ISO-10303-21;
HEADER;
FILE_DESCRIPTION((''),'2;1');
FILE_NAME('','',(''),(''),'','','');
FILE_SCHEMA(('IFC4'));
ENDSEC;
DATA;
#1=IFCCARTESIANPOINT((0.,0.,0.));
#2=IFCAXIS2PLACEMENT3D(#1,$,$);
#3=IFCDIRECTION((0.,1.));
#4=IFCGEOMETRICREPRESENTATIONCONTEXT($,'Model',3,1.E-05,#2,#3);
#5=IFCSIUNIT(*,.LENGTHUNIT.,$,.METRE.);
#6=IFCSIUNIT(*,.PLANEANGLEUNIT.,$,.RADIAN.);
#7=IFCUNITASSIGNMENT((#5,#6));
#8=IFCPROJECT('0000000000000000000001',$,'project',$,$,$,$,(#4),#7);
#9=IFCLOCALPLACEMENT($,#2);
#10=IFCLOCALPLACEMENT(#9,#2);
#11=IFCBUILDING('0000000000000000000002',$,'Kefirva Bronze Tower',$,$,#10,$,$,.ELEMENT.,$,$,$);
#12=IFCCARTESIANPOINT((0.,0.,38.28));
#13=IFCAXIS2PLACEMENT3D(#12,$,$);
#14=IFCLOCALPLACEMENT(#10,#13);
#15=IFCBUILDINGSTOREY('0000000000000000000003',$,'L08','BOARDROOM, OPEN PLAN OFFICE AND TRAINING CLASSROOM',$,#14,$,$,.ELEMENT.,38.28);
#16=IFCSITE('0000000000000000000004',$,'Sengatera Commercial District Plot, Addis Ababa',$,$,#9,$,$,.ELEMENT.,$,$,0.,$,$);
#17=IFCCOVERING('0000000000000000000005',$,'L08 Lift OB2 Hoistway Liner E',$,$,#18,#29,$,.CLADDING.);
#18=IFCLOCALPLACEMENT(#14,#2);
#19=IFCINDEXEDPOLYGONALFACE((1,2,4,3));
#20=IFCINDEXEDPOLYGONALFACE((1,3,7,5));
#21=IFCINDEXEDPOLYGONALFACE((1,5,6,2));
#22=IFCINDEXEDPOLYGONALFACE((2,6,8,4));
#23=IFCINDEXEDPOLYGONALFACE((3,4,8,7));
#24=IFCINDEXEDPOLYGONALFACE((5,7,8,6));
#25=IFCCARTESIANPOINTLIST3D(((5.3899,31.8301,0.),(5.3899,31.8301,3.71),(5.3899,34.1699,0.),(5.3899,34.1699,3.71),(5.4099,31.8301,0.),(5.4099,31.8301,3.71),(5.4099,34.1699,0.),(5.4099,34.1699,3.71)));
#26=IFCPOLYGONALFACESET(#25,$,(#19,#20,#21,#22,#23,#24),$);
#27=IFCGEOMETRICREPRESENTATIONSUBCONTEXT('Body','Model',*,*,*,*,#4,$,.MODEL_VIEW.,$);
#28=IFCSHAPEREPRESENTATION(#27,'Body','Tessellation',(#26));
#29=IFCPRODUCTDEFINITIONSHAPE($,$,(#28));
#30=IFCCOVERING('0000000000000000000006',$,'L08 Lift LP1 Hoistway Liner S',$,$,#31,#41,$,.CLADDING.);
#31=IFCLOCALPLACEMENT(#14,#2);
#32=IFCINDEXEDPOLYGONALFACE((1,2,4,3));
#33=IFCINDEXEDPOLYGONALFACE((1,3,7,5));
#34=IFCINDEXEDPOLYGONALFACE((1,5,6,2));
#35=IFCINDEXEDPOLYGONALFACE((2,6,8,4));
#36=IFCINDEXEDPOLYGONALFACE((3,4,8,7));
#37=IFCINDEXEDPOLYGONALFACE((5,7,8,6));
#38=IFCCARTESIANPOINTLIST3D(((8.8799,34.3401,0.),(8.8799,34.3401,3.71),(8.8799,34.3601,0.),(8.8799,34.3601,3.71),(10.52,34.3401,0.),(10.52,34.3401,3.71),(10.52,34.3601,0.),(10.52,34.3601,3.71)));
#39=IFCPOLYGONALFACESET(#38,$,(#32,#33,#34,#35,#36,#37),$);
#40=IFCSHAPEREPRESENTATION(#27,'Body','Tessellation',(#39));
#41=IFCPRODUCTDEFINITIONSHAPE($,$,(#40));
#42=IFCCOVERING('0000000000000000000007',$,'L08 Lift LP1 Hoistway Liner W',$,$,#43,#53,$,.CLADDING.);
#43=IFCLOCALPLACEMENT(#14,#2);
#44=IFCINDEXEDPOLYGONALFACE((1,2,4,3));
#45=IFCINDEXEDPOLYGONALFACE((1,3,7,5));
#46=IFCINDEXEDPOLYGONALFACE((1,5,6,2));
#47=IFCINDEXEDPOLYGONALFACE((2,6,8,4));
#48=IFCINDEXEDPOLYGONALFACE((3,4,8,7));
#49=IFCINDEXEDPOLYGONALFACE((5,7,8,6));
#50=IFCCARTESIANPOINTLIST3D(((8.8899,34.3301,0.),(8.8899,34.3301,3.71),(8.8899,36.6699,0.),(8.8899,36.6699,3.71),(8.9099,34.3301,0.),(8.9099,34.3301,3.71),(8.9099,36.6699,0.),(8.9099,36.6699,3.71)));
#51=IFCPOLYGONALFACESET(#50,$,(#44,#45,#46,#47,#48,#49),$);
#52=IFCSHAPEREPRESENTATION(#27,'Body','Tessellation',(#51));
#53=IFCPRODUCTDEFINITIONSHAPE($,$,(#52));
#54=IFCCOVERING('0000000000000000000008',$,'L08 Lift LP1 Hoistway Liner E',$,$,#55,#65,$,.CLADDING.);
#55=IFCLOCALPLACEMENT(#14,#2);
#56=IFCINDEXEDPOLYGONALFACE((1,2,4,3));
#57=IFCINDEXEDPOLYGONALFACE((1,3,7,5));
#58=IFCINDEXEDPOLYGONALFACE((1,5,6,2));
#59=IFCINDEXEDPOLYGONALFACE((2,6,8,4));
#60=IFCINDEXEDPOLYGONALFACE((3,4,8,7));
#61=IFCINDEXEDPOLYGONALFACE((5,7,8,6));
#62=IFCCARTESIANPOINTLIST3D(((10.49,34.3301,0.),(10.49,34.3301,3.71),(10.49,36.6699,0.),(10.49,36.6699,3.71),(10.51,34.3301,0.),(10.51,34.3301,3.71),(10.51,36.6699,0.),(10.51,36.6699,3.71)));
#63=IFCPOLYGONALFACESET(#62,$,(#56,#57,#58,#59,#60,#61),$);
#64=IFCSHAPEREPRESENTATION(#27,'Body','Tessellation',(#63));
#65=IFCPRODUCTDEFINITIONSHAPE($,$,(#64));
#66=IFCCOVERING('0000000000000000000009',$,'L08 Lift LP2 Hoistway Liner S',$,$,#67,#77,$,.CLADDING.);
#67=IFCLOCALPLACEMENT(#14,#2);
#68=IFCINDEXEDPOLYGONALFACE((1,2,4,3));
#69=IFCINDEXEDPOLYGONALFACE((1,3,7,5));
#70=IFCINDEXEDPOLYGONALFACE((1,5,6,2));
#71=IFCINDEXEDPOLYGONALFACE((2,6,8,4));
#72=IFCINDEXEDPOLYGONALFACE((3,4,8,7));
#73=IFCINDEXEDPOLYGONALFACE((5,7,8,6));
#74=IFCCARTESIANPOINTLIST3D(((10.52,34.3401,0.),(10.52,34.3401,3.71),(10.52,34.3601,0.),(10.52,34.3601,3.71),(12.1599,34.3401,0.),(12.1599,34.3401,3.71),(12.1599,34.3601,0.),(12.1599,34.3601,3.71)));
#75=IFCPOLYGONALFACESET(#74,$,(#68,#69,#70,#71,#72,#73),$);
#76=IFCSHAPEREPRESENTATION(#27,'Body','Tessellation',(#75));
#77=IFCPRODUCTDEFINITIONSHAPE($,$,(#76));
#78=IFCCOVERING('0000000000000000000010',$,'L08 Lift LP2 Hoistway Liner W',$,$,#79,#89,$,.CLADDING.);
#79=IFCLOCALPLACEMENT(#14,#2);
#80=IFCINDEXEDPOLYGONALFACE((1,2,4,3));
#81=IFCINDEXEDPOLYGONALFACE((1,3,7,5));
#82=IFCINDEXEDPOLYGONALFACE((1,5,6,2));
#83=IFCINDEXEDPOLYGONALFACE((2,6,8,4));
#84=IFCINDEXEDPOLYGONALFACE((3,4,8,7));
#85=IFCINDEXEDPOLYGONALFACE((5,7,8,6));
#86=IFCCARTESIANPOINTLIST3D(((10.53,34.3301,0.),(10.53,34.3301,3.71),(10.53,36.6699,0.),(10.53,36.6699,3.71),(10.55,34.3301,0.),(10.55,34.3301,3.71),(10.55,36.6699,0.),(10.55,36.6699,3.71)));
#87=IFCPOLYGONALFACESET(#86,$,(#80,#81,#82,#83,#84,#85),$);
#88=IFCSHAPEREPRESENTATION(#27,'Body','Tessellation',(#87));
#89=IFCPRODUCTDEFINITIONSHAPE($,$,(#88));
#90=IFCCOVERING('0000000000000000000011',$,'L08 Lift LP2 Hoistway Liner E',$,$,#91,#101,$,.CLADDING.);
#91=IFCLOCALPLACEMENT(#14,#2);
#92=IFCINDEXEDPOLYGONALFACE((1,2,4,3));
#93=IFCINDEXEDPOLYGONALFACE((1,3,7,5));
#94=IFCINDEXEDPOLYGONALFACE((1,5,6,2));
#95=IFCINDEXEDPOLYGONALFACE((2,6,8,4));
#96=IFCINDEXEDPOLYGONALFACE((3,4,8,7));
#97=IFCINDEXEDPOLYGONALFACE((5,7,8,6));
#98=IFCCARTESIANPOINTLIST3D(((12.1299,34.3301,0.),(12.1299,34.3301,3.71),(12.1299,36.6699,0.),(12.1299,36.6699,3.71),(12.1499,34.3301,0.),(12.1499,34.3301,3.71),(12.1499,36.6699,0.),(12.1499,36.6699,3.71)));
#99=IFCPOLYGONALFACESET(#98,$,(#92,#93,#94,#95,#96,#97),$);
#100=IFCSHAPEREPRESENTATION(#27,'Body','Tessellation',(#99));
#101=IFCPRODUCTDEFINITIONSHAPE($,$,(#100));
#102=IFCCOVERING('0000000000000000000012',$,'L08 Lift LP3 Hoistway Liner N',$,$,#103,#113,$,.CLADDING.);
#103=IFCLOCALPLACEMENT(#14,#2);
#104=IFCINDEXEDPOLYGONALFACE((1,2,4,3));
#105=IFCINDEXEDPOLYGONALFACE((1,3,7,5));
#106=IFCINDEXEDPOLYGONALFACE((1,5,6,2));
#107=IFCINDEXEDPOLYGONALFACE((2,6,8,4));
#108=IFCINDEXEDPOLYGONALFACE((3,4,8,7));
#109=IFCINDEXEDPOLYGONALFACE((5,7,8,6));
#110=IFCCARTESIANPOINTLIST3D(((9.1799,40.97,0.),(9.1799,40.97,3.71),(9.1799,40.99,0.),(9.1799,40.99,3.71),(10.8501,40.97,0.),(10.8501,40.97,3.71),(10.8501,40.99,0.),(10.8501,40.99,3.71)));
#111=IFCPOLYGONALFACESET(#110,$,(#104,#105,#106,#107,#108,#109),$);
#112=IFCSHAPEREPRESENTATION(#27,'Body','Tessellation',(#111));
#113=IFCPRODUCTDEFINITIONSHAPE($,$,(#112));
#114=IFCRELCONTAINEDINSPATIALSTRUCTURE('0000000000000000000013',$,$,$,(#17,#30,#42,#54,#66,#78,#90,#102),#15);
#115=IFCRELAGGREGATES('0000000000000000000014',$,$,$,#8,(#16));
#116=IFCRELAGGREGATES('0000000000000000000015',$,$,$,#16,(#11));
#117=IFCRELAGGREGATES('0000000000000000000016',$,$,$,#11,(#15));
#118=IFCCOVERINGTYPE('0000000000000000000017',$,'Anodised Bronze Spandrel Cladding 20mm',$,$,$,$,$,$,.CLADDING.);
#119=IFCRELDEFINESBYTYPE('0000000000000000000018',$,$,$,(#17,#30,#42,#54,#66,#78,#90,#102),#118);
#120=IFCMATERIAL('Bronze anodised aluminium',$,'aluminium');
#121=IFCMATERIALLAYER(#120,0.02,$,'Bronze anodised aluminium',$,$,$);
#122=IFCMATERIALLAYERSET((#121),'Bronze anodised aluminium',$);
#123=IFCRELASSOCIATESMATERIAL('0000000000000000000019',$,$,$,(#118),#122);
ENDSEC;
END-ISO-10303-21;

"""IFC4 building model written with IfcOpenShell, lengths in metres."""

from ifc_helpers import new_model, si_unit, direction, frame, origin, place, context, subcontext, project, spatial, polyline, outline, extrude, material, layer, layer_set, type_object, element, save


model = new_model("IFC4")

# Units and contexts
model_context = context("Model", 3, precision=1e-05, world=origin(), true_north=direction((0.0, 1.0)))
body_context = subcontext(model_context, "Body", "Model", "MODEL_VIEW")
ifc_project = project(units=[si_unit("LENGTHUNIT", "METRE"), si_unit("PLANEANGLEUNIT", "RADIAN")], contexts=[model_context])

# Site, building, storey
site_placement = place(None, origin())
site = spatial("IfcSite", under=ifc_project, at=site_placement, Name="Sengatera Commercial District Plot, Addis Ababa", CompositionType="ELEMENT", RefElevation=0.0)
building_placement = place(site_placement, origin())
building = spatial("IfcBuilding", under=site, at=building_placement, Name="Kefirva Bronze Tower", CompositionType="ELEMENT")
storey_placement = place(building_placement, frame((0.0, 0.0, 38.28)))
storey = spatial("IfcBuildingStorey", under=building, at=storey_placement, Name="L08", Description="BOARDROOM, OPEN PLAN OFFICE AND TRAINING CLASSROOM", CompositionType="ELEMENT", Elevation=38.28)

# Coverings
ifc_material_1 = material(Name="Bronze anodised aluminium", Category="aluminium")
ifc_layer_1 = layer(ifc_material_1, 0.02, Name="Bronze anodised aluminium")
ifc_layer_set_1 = layer_set([ifc_layer_1], Name="Bronze anodised aluminium")
covering_type = type_object("IfcCoveringType", Name="Anodised Bronze Spandrel Cladding 20mm", PredefinedType="CLADDING", material=ifc_layer_set_1)
covering_1_placement = place(storey_placement, origin())
element("IfcCovering", 1, at=covering_1_placement, inside=storey, type_object=covering_type, Name="L08 Lift OB2 Hoistway Liner E", PredefinedType="CLADDING", context=body_context, shape_type="SweptSolid", body=[
    extrude(outline(polyline([(5.3899, 31.8301), (5.4099, 31.8301), (5.4099, 34.1699), (5.3899, 34.1699), (5.3899, 31.8301)])), origin(), (0.0, 0.0, 1.0), 3.71),
])
covering_2_placement = place(storey_placement, origin())
element("IfcCovering", 2, at=covering_2_placement, inside=storey, type_object=covering_type, Name="L08 Lift LP1 Hoistway Liner S", PredefinedType="CLADDING", context=body_context, shape_type="SweptSolid", body=[
    extrude(outline(polyline([(8.8799, 34.3401), (10.52, 34.3401), (10.52, 34.3601), (8.8799, 34.3601), (8.8799, 34.3401)])), origin(), (0.0, 0.0, 1.0), 3.71),
])
covering_3_placement = place(storey_placement, origin())
element("IfcCovering", 3, at=covering_3_placement, inside=storey, type_object=covering_type, Name="L08 Lift LP1 Hoistway Liner W", PredefinedType="CLADDING", context=body_context, shape_type="SweptSolid", body=[
    extrude(outline(polyline([(8.8899, 34.3301), (8.9099, 34.3301), (8.9099, 36.6699), (8.8899, 36.6699), (8.8899, 34.3301)])), origin(), (0.0, 0.0, 1.0), 3.71),
])
covering_4_placement = place(storey_placement, origin())
element("IfcCovering", 4, at=covering_4_placement, inside=storey, type_object=covering_type, Name="L08 Lift LP1 Hoistway Liner E", PredefinedType="CLADDING", context=body_context, shape_type="SweptSolid", body=[
    extrude(outline(polyline([(10.49, 34.3301), (10.51, 34.3301), (10.51, 36.6699), (10.49, 36.6699), (10.49, 34.3301)])), origin(), (0.0, 0.0, 1.0), 3.71),
])
covering_5_placement = place(storey_placement, origin())
element("IfcCovering", 5, at=covering_5_placement, inside=storey, type_object=covering_type, Name="L08 Lift LP2 Hoistway Liner S", PredefinedType="CLADDING", context=body_context, shape_type="SweptSolid", body=[
    extrude(outline(polyline([(10.52, 34.3401), (12.1599, 34.3401), (12.1599, 34.3601), (10.52, 34.3601), (10.52, 34.3401)])), origin(), (0.0, 0.0, 1.0), 3.71),
])
covering_6_placement = place(storey_placement, origin())
element("IfcCovering", 6, at=covering_6_placement, inside=storey, type_object=covering_type, Name="L08 Lift LP2 Hoistway Liner W", PredefinedType="CLADDING", context=body_context, shape_type="SweptSolid", body=[
    extrude(outline(polyline([(10.53, 34.3301), (10.55, 34.3301), (10.55, 36.6699), (10.53, 36.6699), (10.53, 34.3301)])), origin(), (0.0, 0.0, 1.0), 3.71),
])
covering_7_placement = place(storey_placement, origin())
element("IfcCovering", 7, at=covering_7_placement, inside=storey, type_object=covering_type, Name="L08 Lift LP2 Hoistway Liner E", PredefinedType="CLADDING", context=body_context, shape_type="SweptSolid", body=[
    extrude(outline(polyline([(12.1299, 34.3301), (12.1499, 34.3301), (12.1499, 36.6699), (12.1299, 36.6699), (12.1299, 34.3301)])), origin(), (0.0, 0.0, 1.0), 3.71),
])
covering_8_placement = place(storey_placement, origin())
element("IfcCovering", 8, at=covering_8_placement, inside=storey, type_object=covering_type, Name="L08 Lift LP3 Hoistway Liner N", PredefinedType="CLADDING", context=body_context, shape_type="SweptSolid", body=[
    extrude(outline(polyline([(9.1799, 40.97), (10.8501, 40.97), (10.8501, 40.99), (9.1799, 40.99), (9.1799, 40.97)])), origin(), (0.0, 0.0, 1.0), 3.71),
])

save(model, "model.ifc")
